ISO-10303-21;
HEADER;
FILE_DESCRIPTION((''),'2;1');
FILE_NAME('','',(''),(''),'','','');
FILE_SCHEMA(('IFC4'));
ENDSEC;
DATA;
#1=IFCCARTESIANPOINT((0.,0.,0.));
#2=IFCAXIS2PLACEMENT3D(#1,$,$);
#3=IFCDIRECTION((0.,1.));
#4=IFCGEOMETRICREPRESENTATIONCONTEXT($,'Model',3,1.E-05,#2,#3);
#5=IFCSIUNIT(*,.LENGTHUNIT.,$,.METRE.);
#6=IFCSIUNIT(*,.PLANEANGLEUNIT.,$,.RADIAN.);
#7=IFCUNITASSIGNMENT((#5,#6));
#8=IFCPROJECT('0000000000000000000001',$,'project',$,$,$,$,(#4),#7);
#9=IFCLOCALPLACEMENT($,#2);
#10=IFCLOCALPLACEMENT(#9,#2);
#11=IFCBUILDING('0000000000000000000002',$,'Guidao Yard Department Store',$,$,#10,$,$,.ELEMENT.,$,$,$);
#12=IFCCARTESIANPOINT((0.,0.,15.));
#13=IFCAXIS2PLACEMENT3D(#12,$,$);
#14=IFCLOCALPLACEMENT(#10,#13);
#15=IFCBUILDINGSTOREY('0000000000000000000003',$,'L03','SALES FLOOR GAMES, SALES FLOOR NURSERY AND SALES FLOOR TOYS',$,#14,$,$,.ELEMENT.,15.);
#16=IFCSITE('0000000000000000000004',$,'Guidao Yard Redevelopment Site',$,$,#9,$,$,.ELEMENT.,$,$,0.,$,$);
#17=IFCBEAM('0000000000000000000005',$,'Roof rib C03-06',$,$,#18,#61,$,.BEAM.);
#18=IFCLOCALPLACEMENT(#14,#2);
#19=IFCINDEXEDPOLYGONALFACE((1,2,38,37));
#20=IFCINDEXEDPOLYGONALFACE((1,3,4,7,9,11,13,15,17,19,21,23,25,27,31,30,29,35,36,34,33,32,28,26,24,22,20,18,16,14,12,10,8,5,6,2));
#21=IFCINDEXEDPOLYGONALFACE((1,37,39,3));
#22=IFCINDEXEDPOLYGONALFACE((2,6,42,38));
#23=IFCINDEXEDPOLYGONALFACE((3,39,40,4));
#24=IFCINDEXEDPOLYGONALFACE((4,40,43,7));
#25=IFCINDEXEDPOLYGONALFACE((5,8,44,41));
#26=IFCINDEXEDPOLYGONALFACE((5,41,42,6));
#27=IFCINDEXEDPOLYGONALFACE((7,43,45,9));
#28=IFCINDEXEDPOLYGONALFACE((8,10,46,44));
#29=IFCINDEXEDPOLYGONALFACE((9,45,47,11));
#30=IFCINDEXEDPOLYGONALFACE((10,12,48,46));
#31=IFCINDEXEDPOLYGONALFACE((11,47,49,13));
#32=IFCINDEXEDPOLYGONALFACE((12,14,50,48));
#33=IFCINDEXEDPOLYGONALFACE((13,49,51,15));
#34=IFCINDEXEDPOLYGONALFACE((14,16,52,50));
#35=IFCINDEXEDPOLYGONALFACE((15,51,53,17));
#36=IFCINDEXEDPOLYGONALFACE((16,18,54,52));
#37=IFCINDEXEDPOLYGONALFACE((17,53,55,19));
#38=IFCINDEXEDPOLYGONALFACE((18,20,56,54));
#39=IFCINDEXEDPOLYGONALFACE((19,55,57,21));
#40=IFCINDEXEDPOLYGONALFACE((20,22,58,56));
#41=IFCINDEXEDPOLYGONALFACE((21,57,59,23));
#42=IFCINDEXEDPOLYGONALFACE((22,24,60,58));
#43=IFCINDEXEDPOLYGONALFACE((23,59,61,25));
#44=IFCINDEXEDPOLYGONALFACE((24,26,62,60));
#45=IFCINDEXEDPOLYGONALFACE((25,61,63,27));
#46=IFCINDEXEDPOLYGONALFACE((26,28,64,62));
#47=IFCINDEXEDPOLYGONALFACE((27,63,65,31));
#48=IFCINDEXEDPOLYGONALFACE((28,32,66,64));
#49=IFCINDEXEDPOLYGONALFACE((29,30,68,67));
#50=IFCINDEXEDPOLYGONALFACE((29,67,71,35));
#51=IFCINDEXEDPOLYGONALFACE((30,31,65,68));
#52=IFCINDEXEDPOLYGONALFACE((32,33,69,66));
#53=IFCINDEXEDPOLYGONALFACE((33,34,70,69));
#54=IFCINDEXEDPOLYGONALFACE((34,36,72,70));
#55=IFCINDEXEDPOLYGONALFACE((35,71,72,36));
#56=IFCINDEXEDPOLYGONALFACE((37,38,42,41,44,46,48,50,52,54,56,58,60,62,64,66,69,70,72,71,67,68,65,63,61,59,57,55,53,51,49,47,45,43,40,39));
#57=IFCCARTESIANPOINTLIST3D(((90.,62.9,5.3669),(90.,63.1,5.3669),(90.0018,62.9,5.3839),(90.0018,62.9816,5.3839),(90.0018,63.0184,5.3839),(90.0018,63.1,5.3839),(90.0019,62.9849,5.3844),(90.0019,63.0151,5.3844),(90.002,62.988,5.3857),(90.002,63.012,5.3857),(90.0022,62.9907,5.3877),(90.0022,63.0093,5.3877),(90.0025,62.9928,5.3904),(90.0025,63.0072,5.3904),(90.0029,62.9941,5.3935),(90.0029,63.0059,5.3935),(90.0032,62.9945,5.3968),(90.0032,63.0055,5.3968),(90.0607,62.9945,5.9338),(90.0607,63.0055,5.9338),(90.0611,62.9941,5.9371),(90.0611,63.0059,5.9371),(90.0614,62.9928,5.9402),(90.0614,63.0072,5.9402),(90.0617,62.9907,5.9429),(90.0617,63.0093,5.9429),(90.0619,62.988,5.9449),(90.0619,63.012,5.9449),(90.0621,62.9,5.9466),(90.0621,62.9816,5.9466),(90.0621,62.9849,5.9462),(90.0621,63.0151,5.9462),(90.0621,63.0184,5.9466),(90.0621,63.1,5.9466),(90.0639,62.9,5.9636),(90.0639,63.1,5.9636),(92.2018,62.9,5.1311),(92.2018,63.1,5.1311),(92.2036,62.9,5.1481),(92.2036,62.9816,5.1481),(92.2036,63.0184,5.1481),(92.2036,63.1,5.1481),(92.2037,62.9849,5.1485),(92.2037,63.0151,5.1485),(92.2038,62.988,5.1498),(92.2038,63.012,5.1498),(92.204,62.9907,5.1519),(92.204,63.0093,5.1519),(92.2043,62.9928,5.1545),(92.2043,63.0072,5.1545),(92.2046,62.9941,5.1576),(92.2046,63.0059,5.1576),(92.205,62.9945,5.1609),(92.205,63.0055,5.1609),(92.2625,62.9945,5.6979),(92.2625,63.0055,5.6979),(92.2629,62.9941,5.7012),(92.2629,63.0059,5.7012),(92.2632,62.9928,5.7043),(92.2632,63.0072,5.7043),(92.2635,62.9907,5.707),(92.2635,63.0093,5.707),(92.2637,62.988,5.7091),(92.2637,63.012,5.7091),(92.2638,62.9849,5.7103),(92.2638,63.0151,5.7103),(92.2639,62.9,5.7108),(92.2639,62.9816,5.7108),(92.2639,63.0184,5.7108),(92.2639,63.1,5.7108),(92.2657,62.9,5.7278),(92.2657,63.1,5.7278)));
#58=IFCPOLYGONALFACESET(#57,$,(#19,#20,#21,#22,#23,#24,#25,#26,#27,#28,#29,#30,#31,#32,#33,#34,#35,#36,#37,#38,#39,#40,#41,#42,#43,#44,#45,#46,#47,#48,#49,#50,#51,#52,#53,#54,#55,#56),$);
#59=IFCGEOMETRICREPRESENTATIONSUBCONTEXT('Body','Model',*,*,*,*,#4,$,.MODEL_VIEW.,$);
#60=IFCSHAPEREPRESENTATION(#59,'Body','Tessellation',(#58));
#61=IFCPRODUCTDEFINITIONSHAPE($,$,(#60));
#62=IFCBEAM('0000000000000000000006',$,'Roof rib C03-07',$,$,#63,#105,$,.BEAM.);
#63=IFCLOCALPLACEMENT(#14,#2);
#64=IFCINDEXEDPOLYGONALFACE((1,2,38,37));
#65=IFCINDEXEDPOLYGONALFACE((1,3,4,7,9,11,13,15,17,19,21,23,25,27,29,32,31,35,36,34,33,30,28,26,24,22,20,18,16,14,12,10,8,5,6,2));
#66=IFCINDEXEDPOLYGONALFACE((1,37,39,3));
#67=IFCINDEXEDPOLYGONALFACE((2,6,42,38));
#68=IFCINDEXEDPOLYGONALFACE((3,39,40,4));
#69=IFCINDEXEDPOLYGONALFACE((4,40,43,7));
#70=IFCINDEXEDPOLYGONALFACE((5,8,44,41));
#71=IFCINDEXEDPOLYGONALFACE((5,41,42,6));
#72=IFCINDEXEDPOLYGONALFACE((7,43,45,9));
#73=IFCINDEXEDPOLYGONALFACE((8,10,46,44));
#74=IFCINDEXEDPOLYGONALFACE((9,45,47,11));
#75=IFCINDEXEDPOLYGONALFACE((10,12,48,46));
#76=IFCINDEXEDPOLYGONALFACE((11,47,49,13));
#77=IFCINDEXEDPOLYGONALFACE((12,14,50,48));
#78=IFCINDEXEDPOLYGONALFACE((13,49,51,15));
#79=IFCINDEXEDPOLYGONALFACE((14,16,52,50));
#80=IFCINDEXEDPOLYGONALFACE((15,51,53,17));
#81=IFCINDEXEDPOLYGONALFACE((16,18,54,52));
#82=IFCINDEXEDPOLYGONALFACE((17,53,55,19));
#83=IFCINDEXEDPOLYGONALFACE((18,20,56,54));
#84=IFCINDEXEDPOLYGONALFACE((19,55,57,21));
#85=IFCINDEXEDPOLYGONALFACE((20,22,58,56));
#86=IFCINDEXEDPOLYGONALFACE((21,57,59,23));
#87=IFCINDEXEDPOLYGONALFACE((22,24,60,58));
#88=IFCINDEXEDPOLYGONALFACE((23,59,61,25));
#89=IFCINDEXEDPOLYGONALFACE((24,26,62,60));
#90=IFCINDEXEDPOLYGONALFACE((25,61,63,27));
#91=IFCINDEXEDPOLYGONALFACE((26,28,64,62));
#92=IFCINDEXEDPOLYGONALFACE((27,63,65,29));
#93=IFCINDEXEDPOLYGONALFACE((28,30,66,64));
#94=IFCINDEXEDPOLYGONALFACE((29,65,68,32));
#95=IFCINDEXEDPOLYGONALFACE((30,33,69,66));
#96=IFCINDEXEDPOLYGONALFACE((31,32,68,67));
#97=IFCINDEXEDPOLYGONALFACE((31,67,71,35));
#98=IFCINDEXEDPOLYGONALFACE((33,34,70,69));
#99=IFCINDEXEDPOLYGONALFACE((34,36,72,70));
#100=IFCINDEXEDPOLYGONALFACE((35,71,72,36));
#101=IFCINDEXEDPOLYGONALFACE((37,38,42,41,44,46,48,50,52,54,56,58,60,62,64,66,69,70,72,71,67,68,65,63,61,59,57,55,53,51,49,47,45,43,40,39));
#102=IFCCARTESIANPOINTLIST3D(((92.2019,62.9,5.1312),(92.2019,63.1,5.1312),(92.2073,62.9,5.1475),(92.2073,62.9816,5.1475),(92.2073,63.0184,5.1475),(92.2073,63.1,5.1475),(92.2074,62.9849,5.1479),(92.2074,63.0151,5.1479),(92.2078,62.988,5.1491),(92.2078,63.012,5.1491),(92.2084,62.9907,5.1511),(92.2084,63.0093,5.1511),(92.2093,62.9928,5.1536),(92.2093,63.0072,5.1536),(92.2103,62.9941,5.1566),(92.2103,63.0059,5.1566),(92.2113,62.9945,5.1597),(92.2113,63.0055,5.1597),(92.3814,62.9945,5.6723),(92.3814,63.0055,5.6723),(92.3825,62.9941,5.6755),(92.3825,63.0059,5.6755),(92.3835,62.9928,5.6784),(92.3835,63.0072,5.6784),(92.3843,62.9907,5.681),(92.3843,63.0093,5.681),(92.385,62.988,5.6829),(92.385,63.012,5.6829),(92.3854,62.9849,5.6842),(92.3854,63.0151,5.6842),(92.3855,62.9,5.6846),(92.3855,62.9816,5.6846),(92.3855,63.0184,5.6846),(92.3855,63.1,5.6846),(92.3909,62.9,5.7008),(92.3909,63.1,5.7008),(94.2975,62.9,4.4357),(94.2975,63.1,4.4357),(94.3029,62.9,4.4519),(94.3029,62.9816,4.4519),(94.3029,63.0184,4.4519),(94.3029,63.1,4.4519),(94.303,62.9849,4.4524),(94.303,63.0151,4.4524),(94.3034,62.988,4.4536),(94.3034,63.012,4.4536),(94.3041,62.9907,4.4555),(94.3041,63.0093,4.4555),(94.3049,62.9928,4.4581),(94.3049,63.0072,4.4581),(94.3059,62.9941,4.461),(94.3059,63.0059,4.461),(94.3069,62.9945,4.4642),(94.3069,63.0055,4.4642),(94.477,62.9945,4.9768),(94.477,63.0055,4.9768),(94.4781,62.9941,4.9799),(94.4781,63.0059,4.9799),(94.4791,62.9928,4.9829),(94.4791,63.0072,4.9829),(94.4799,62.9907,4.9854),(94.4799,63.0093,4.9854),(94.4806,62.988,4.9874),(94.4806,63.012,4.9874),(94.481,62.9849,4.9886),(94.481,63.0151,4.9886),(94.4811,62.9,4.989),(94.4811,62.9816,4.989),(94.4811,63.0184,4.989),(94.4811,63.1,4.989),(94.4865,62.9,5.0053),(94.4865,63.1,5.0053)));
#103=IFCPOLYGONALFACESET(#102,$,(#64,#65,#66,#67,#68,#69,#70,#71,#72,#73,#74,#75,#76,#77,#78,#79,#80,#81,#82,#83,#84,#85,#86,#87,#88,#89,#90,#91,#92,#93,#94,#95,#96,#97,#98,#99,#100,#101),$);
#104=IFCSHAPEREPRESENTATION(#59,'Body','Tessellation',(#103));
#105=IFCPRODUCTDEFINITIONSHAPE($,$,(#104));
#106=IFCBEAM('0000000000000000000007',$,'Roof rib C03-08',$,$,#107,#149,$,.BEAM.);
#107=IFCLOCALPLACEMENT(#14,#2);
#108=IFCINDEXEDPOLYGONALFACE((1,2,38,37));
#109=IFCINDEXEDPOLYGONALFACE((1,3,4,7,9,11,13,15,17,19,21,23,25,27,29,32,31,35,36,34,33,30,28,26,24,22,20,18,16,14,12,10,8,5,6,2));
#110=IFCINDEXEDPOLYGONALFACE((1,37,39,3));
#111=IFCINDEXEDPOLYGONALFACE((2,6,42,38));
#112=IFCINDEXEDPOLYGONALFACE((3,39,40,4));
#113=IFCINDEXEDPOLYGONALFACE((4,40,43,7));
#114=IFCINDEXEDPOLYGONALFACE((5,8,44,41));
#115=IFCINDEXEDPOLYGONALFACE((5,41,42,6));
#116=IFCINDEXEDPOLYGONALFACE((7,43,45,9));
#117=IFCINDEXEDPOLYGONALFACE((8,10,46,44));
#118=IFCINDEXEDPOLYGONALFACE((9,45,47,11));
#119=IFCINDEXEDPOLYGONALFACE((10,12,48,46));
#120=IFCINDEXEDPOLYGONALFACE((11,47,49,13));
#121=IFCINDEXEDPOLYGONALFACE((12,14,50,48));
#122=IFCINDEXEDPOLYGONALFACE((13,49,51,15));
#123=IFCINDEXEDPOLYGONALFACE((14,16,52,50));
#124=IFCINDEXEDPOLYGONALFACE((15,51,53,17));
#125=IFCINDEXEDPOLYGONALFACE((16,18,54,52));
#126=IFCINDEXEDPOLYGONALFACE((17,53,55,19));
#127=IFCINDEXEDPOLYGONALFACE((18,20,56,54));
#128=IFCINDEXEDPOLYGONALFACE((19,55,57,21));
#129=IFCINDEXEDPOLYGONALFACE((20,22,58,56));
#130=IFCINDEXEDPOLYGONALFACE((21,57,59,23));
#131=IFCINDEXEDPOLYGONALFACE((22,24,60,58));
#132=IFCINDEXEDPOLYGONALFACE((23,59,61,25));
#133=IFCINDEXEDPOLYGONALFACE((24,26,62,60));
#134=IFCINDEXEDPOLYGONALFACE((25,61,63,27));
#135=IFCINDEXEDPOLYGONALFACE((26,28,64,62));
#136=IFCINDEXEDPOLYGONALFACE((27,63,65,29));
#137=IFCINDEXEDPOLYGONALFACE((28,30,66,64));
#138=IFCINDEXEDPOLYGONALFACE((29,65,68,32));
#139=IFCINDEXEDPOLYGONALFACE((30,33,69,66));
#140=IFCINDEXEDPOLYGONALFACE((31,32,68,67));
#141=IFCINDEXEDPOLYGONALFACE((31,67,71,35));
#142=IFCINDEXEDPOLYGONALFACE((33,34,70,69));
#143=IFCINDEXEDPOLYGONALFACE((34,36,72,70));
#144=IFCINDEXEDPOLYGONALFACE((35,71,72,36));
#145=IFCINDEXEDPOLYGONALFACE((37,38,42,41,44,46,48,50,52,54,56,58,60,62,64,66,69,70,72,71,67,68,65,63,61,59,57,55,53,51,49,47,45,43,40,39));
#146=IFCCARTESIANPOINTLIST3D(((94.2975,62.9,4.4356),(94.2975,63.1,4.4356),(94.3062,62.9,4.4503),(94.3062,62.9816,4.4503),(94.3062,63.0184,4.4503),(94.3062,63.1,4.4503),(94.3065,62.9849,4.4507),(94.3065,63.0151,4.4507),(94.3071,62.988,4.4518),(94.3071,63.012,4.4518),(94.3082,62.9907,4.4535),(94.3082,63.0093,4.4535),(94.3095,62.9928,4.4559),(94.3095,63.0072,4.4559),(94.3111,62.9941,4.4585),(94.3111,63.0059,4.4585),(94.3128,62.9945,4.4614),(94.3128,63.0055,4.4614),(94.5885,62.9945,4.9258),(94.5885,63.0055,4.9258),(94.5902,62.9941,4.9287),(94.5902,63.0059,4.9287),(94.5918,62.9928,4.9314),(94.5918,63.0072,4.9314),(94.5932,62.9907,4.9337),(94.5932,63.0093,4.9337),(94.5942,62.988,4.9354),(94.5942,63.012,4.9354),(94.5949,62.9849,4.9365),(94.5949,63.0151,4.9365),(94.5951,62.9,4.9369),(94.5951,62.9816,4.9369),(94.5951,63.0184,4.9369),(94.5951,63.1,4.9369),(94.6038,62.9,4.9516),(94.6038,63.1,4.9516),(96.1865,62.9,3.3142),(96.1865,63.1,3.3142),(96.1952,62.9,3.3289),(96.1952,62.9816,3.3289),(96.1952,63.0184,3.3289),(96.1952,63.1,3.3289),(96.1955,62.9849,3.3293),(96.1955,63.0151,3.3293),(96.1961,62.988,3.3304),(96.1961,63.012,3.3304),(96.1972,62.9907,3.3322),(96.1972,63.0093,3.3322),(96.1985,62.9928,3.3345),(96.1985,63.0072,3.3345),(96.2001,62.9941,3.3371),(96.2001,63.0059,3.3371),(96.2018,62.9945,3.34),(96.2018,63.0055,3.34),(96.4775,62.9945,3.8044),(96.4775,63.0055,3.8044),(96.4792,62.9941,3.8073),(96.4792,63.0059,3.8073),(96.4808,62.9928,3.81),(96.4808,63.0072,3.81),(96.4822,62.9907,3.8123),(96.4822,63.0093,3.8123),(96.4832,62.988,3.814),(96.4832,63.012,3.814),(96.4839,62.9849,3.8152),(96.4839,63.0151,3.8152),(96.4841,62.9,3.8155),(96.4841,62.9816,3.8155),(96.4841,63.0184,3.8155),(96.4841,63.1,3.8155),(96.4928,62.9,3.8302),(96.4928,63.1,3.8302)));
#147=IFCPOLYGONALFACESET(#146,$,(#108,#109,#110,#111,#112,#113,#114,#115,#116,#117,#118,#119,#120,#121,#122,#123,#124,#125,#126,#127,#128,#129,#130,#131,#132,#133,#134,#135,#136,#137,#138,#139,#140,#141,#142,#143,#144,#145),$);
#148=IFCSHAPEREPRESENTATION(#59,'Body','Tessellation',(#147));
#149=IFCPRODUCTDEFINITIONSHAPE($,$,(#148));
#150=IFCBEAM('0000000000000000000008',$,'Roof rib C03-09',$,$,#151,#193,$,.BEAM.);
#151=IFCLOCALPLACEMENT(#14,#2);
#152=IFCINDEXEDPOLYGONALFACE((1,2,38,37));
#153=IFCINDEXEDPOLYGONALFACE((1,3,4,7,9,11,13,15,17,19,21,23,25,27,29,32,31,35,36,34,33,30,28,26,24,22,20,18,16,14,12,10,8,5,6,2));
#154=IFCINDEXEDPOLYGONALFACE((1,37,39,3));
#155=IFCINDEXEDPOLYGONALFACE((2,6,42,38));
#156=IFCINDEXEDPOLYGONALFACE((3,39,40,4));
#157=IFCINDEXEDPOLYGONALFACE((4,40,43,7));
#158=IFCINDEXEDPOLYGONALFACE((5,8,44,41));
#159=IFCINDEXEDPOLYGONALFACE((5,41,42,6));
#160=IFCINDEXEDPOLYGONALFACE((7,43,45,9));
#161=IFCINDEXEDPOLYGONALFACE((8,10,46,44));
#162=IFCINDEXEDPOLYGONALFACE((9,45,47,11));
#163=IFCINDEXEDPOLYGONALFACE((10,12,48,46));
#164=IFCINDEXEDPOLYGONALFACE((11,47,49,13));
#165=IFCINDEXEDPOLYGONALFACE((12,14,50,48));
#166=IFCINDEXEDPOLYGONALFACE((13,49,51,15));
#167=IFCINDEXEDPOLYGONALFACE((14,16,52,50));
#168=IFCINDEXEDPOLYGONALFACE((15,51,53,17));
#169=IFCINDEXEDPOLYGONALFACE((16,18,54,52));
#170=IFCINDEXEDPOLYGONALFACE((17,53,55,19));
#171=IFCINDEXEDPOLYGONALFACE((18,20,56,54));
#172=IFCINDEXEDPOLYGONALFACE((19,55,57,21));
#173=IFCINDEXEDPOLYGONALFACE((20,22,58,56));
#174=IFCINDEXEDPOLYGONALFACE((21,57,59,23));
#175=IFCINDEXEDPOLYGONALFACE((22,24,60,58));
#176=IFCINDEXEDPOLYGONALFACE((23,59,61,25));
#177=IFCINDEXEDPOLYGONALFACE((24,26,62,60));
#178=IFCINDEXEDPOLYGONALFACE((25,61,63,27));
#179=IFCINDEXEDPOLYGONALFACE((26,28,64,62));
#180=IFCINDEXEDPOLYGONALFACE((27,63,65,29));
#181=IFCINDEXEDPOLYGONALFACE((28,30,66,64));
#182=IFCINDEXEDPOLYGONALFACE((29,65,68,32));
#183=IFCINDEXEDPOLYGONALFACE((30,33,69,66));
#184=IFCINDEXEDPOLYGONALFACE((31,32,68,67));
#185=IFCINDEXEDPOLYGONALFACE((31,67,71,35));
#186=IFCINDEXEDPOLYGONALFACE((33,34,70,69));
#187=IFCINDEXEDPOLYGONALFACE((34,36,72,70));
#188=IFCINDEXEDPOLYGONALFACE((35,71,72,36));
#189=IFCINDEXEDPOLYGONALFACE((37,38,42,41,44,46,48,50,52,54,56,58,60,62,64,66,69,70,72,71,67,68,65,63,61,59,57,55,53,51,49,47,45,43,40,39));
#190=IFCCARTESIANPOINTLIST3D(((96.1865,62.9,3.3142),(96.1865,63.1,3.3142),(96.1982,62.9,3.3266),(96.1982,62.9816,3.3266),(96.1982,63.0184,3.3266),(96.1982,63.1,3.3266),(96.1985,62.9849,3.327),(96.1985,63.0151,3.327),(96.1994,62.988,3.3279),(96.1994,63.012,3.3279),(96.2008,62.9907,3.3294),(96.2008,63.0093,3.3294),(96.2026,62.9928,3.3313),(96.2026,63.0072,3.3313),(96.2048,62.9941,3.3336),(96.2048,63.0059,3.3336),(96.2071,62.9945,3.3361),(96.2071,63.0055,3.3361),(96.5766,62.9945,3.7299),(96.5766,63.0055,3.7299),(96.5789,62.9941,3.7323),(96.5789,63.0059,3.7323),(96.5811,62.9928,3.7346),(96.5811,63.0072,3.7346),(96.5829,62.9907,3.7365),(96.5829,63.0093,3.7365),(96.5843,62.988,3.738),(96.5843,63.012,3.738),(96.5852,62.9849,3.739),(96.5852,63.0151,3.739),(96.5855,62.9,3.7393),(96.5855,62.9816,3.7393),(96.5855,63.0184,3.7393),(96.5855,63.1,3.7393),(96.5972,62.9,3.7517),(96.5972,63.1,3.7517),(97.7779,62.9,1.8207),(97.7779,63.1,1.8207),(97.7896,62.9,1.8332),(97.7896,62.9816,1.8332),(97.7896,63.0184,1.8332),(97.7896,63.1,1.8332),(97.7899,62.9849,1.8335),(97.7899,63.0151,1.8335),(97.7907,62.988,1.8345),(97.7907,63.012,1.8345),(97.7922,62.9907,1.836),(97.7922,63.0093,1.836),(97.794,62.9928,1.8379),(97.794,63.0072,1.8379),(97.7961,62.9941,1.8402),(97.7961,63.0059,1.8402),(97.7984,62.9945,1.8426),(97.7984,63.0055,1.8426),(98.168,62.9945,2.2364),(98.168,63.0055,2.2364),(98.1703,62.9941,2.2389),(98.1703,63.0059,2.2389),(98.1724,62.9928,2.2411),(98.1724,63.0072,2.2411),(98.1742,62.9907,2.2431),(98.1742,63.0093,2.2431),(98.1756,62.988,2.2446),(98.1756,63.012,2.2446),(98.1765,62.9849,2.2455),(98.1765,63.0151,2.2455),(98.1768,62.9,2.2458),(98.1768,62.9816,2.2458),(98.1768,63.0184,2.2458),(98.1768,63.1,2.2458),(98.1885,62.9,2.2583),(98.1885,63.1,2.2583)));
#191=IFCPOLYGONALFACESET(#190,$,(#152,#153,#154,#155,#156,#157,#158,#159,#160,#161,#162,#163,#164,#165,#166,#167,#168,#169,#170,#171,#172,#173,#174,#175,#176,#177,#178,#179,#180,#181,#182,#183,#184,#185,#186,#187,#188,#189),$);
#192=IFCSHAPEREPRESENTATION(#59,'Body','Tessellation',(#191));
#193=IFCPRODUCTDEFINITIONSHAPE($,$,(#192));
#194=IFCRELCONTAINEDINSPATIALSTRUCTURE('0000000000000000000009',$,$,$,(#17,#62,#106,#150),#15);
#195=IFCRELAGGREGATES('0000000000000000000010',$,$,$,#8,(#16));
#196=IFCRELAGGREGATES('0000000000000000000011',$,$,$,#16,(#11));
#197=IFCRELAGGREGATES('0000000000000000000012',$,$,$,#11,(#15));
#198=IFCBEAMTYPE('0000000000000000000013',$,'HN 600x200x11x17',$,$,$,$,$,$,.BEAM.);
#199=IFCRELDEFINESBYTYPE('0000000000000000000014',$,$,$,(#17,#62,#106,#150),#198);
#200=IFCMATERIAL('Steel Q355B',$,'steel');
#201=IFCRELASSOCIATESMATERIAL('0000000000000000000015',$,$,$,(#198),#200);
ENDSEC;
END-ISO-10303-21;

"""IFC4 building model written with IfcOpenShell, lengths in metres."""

from ifc_helpers import new_model, si_unit, direction, frame, origin, origin_2d, place, context, subcontext, project, spatial, i_section, extrude, material, material_profile, profile_set, type_object, element, save


model = new_model("IFC4")

# Units and contexts
model_context = context("Model", 3, precision=1e-05, world=origin(), true_north=direction((0.0, 1.0)))
body_context = subcontext(model_context, "Body", "Model", "MODEL_VIEW")
ifc_project = project(units=[si_unit("LENGTHUNIT", "METRE"), si_unit("PLANEANGLEUNIT", "RADIAN")], contexts=[model_context])

# Site, building, storey
site_placement = place(None, origin())
site = spatial("IfcSite", under=ifc_project, at=site_placement, Name="Guidao Yard Redevelopment Site", CompositionType="ELEMENT", RefElevation=0.0)
building_placement = place(site_placement, origin())
building = spatial("IfcBuilding", under=site, at=building_placement, Name="Guidao Yard Department Store", CompositionType="ELEMENT")
storey_placement = place(building_placement, frame((0.0, 0.0, 15.0)))
storey = spatial("IfcBuildingStorey", under=building, at=storey_placement, Name="L03", Description="SALES FLOOR GAMES, SALES FLOOR NURSERY AND SALES FLOOR TOYS", CompositionType="ELEMENT", Elevation=15.0)

# Beams
ifc_material_1 = material(Name="Steel Q355B", Category="steel")
ifc_material_profile_1 = material_profile(ifc_material_1, i_section(OverallWidth=0.2, OverallDepth=0.6001, WebThickness=0.011, FlangeThickness=0.0171, FilletRadius=0.0129, at=origin_2d()), Name="HN 600x200x11x17")
ifc_profile_set_1 = profile_set([ifc_material_profile_1], Name="Steel Q355B")
beam_type = type_object("IfcBeamType", Name="HN 600x200x11x17", PredefinedType="BEAM", material=ifc_profile_set_1)
beam_1_placement = place(storey_placement, frame((90.032, 63.0, 5.6653), z_axis=(0.994312, 0.0, -0.10651), x_axis=(0.0, 1.0, 0.0)))
element("IfcBeam", 1, at=beam_1_placement, inside=storey, type_object=beam_type, Name="Roof rib C03-06", PredefinedType="BEAM", context=body_context, shape_type="SweptSolid", body=[
    extrude(i_section(OverallWidth=0.2, OverallDepth=0.6001, WebThickness=0.011, FlangeThickness=0.0171, FilletRadius=0.0129, at=origin_2d()), origin(), (0.0, 0.0, 1.0), 2.2144),
])
beam_2_placement = place(storey_placement, frame((92.2964, 63.0, 5.416), z_axis=(0.949092, 0.0, -0.315), x_axis=(0.0, 1.0, 0.0)))
element("IfcBeam", 2, at=beam_2_placement, inside=storey, type_object=beam_type, Name="Roof rib C03-07", PredefinedType="BEAM", context=body_context, shape_type="SweptSolid", body=[
    extrude(i_section(OverallWidth=0.2, OverallDepth=0.6001, WebThickness=0.011, FlangeThickness=0.0171, FilletRadius=0.0129, at=origin_2d()), origin(), (0.0, 0.0, 1.0), 2.208),
])
beam_3_placement = place(storey_placement, frame((94.4507, 63.0, 4.6936), z_axis=(0.859896, 0.0, -0.510469), x_axis=(0.0, 1.0, 0.0)))
element("IfcBeam", 3, at=beam_3_placement, inside=storey, type_object=beam_type, Name="Roof rib C03-08", PredefinedType="BEAM", context=body_context, shape_type="SweptSolid", body=[
    extrude(i_section(OverallWidth=0.2, OverallDepth=0.6001, WebThickness=0.011, FlangeThickness=0.0171, FilletRadius=0.0129, at=origin_2d()), origin(), (0.0, 0.0, 1.0), 2.1968),
])
beam_4_placement = place(storey_placement, frame((96.3918, 63.0, 3.533), z_axis=(0.729181, 0.0, -0.684321), x_axis=(0.0, 1.0, 0.0)))
element("IfcBeam", 4, at=beam_4_placement, inside=storey, type_object=beam_type, Name="Roof rib C03-09", PredefinedType="BEAM", context=body_context, shape_type="SweptSolid", body=[
    extrude(i_section(OverallWidth=0.2, OverallDepth=0.6001, WebThickness=0.011, FlangeThickness=0.0171, FilletRadius=0.0129, at=origin_2d()), origin(), (0.0, 0.0, 1.0), 2.1824),
])

save(model, "model.ifc")
